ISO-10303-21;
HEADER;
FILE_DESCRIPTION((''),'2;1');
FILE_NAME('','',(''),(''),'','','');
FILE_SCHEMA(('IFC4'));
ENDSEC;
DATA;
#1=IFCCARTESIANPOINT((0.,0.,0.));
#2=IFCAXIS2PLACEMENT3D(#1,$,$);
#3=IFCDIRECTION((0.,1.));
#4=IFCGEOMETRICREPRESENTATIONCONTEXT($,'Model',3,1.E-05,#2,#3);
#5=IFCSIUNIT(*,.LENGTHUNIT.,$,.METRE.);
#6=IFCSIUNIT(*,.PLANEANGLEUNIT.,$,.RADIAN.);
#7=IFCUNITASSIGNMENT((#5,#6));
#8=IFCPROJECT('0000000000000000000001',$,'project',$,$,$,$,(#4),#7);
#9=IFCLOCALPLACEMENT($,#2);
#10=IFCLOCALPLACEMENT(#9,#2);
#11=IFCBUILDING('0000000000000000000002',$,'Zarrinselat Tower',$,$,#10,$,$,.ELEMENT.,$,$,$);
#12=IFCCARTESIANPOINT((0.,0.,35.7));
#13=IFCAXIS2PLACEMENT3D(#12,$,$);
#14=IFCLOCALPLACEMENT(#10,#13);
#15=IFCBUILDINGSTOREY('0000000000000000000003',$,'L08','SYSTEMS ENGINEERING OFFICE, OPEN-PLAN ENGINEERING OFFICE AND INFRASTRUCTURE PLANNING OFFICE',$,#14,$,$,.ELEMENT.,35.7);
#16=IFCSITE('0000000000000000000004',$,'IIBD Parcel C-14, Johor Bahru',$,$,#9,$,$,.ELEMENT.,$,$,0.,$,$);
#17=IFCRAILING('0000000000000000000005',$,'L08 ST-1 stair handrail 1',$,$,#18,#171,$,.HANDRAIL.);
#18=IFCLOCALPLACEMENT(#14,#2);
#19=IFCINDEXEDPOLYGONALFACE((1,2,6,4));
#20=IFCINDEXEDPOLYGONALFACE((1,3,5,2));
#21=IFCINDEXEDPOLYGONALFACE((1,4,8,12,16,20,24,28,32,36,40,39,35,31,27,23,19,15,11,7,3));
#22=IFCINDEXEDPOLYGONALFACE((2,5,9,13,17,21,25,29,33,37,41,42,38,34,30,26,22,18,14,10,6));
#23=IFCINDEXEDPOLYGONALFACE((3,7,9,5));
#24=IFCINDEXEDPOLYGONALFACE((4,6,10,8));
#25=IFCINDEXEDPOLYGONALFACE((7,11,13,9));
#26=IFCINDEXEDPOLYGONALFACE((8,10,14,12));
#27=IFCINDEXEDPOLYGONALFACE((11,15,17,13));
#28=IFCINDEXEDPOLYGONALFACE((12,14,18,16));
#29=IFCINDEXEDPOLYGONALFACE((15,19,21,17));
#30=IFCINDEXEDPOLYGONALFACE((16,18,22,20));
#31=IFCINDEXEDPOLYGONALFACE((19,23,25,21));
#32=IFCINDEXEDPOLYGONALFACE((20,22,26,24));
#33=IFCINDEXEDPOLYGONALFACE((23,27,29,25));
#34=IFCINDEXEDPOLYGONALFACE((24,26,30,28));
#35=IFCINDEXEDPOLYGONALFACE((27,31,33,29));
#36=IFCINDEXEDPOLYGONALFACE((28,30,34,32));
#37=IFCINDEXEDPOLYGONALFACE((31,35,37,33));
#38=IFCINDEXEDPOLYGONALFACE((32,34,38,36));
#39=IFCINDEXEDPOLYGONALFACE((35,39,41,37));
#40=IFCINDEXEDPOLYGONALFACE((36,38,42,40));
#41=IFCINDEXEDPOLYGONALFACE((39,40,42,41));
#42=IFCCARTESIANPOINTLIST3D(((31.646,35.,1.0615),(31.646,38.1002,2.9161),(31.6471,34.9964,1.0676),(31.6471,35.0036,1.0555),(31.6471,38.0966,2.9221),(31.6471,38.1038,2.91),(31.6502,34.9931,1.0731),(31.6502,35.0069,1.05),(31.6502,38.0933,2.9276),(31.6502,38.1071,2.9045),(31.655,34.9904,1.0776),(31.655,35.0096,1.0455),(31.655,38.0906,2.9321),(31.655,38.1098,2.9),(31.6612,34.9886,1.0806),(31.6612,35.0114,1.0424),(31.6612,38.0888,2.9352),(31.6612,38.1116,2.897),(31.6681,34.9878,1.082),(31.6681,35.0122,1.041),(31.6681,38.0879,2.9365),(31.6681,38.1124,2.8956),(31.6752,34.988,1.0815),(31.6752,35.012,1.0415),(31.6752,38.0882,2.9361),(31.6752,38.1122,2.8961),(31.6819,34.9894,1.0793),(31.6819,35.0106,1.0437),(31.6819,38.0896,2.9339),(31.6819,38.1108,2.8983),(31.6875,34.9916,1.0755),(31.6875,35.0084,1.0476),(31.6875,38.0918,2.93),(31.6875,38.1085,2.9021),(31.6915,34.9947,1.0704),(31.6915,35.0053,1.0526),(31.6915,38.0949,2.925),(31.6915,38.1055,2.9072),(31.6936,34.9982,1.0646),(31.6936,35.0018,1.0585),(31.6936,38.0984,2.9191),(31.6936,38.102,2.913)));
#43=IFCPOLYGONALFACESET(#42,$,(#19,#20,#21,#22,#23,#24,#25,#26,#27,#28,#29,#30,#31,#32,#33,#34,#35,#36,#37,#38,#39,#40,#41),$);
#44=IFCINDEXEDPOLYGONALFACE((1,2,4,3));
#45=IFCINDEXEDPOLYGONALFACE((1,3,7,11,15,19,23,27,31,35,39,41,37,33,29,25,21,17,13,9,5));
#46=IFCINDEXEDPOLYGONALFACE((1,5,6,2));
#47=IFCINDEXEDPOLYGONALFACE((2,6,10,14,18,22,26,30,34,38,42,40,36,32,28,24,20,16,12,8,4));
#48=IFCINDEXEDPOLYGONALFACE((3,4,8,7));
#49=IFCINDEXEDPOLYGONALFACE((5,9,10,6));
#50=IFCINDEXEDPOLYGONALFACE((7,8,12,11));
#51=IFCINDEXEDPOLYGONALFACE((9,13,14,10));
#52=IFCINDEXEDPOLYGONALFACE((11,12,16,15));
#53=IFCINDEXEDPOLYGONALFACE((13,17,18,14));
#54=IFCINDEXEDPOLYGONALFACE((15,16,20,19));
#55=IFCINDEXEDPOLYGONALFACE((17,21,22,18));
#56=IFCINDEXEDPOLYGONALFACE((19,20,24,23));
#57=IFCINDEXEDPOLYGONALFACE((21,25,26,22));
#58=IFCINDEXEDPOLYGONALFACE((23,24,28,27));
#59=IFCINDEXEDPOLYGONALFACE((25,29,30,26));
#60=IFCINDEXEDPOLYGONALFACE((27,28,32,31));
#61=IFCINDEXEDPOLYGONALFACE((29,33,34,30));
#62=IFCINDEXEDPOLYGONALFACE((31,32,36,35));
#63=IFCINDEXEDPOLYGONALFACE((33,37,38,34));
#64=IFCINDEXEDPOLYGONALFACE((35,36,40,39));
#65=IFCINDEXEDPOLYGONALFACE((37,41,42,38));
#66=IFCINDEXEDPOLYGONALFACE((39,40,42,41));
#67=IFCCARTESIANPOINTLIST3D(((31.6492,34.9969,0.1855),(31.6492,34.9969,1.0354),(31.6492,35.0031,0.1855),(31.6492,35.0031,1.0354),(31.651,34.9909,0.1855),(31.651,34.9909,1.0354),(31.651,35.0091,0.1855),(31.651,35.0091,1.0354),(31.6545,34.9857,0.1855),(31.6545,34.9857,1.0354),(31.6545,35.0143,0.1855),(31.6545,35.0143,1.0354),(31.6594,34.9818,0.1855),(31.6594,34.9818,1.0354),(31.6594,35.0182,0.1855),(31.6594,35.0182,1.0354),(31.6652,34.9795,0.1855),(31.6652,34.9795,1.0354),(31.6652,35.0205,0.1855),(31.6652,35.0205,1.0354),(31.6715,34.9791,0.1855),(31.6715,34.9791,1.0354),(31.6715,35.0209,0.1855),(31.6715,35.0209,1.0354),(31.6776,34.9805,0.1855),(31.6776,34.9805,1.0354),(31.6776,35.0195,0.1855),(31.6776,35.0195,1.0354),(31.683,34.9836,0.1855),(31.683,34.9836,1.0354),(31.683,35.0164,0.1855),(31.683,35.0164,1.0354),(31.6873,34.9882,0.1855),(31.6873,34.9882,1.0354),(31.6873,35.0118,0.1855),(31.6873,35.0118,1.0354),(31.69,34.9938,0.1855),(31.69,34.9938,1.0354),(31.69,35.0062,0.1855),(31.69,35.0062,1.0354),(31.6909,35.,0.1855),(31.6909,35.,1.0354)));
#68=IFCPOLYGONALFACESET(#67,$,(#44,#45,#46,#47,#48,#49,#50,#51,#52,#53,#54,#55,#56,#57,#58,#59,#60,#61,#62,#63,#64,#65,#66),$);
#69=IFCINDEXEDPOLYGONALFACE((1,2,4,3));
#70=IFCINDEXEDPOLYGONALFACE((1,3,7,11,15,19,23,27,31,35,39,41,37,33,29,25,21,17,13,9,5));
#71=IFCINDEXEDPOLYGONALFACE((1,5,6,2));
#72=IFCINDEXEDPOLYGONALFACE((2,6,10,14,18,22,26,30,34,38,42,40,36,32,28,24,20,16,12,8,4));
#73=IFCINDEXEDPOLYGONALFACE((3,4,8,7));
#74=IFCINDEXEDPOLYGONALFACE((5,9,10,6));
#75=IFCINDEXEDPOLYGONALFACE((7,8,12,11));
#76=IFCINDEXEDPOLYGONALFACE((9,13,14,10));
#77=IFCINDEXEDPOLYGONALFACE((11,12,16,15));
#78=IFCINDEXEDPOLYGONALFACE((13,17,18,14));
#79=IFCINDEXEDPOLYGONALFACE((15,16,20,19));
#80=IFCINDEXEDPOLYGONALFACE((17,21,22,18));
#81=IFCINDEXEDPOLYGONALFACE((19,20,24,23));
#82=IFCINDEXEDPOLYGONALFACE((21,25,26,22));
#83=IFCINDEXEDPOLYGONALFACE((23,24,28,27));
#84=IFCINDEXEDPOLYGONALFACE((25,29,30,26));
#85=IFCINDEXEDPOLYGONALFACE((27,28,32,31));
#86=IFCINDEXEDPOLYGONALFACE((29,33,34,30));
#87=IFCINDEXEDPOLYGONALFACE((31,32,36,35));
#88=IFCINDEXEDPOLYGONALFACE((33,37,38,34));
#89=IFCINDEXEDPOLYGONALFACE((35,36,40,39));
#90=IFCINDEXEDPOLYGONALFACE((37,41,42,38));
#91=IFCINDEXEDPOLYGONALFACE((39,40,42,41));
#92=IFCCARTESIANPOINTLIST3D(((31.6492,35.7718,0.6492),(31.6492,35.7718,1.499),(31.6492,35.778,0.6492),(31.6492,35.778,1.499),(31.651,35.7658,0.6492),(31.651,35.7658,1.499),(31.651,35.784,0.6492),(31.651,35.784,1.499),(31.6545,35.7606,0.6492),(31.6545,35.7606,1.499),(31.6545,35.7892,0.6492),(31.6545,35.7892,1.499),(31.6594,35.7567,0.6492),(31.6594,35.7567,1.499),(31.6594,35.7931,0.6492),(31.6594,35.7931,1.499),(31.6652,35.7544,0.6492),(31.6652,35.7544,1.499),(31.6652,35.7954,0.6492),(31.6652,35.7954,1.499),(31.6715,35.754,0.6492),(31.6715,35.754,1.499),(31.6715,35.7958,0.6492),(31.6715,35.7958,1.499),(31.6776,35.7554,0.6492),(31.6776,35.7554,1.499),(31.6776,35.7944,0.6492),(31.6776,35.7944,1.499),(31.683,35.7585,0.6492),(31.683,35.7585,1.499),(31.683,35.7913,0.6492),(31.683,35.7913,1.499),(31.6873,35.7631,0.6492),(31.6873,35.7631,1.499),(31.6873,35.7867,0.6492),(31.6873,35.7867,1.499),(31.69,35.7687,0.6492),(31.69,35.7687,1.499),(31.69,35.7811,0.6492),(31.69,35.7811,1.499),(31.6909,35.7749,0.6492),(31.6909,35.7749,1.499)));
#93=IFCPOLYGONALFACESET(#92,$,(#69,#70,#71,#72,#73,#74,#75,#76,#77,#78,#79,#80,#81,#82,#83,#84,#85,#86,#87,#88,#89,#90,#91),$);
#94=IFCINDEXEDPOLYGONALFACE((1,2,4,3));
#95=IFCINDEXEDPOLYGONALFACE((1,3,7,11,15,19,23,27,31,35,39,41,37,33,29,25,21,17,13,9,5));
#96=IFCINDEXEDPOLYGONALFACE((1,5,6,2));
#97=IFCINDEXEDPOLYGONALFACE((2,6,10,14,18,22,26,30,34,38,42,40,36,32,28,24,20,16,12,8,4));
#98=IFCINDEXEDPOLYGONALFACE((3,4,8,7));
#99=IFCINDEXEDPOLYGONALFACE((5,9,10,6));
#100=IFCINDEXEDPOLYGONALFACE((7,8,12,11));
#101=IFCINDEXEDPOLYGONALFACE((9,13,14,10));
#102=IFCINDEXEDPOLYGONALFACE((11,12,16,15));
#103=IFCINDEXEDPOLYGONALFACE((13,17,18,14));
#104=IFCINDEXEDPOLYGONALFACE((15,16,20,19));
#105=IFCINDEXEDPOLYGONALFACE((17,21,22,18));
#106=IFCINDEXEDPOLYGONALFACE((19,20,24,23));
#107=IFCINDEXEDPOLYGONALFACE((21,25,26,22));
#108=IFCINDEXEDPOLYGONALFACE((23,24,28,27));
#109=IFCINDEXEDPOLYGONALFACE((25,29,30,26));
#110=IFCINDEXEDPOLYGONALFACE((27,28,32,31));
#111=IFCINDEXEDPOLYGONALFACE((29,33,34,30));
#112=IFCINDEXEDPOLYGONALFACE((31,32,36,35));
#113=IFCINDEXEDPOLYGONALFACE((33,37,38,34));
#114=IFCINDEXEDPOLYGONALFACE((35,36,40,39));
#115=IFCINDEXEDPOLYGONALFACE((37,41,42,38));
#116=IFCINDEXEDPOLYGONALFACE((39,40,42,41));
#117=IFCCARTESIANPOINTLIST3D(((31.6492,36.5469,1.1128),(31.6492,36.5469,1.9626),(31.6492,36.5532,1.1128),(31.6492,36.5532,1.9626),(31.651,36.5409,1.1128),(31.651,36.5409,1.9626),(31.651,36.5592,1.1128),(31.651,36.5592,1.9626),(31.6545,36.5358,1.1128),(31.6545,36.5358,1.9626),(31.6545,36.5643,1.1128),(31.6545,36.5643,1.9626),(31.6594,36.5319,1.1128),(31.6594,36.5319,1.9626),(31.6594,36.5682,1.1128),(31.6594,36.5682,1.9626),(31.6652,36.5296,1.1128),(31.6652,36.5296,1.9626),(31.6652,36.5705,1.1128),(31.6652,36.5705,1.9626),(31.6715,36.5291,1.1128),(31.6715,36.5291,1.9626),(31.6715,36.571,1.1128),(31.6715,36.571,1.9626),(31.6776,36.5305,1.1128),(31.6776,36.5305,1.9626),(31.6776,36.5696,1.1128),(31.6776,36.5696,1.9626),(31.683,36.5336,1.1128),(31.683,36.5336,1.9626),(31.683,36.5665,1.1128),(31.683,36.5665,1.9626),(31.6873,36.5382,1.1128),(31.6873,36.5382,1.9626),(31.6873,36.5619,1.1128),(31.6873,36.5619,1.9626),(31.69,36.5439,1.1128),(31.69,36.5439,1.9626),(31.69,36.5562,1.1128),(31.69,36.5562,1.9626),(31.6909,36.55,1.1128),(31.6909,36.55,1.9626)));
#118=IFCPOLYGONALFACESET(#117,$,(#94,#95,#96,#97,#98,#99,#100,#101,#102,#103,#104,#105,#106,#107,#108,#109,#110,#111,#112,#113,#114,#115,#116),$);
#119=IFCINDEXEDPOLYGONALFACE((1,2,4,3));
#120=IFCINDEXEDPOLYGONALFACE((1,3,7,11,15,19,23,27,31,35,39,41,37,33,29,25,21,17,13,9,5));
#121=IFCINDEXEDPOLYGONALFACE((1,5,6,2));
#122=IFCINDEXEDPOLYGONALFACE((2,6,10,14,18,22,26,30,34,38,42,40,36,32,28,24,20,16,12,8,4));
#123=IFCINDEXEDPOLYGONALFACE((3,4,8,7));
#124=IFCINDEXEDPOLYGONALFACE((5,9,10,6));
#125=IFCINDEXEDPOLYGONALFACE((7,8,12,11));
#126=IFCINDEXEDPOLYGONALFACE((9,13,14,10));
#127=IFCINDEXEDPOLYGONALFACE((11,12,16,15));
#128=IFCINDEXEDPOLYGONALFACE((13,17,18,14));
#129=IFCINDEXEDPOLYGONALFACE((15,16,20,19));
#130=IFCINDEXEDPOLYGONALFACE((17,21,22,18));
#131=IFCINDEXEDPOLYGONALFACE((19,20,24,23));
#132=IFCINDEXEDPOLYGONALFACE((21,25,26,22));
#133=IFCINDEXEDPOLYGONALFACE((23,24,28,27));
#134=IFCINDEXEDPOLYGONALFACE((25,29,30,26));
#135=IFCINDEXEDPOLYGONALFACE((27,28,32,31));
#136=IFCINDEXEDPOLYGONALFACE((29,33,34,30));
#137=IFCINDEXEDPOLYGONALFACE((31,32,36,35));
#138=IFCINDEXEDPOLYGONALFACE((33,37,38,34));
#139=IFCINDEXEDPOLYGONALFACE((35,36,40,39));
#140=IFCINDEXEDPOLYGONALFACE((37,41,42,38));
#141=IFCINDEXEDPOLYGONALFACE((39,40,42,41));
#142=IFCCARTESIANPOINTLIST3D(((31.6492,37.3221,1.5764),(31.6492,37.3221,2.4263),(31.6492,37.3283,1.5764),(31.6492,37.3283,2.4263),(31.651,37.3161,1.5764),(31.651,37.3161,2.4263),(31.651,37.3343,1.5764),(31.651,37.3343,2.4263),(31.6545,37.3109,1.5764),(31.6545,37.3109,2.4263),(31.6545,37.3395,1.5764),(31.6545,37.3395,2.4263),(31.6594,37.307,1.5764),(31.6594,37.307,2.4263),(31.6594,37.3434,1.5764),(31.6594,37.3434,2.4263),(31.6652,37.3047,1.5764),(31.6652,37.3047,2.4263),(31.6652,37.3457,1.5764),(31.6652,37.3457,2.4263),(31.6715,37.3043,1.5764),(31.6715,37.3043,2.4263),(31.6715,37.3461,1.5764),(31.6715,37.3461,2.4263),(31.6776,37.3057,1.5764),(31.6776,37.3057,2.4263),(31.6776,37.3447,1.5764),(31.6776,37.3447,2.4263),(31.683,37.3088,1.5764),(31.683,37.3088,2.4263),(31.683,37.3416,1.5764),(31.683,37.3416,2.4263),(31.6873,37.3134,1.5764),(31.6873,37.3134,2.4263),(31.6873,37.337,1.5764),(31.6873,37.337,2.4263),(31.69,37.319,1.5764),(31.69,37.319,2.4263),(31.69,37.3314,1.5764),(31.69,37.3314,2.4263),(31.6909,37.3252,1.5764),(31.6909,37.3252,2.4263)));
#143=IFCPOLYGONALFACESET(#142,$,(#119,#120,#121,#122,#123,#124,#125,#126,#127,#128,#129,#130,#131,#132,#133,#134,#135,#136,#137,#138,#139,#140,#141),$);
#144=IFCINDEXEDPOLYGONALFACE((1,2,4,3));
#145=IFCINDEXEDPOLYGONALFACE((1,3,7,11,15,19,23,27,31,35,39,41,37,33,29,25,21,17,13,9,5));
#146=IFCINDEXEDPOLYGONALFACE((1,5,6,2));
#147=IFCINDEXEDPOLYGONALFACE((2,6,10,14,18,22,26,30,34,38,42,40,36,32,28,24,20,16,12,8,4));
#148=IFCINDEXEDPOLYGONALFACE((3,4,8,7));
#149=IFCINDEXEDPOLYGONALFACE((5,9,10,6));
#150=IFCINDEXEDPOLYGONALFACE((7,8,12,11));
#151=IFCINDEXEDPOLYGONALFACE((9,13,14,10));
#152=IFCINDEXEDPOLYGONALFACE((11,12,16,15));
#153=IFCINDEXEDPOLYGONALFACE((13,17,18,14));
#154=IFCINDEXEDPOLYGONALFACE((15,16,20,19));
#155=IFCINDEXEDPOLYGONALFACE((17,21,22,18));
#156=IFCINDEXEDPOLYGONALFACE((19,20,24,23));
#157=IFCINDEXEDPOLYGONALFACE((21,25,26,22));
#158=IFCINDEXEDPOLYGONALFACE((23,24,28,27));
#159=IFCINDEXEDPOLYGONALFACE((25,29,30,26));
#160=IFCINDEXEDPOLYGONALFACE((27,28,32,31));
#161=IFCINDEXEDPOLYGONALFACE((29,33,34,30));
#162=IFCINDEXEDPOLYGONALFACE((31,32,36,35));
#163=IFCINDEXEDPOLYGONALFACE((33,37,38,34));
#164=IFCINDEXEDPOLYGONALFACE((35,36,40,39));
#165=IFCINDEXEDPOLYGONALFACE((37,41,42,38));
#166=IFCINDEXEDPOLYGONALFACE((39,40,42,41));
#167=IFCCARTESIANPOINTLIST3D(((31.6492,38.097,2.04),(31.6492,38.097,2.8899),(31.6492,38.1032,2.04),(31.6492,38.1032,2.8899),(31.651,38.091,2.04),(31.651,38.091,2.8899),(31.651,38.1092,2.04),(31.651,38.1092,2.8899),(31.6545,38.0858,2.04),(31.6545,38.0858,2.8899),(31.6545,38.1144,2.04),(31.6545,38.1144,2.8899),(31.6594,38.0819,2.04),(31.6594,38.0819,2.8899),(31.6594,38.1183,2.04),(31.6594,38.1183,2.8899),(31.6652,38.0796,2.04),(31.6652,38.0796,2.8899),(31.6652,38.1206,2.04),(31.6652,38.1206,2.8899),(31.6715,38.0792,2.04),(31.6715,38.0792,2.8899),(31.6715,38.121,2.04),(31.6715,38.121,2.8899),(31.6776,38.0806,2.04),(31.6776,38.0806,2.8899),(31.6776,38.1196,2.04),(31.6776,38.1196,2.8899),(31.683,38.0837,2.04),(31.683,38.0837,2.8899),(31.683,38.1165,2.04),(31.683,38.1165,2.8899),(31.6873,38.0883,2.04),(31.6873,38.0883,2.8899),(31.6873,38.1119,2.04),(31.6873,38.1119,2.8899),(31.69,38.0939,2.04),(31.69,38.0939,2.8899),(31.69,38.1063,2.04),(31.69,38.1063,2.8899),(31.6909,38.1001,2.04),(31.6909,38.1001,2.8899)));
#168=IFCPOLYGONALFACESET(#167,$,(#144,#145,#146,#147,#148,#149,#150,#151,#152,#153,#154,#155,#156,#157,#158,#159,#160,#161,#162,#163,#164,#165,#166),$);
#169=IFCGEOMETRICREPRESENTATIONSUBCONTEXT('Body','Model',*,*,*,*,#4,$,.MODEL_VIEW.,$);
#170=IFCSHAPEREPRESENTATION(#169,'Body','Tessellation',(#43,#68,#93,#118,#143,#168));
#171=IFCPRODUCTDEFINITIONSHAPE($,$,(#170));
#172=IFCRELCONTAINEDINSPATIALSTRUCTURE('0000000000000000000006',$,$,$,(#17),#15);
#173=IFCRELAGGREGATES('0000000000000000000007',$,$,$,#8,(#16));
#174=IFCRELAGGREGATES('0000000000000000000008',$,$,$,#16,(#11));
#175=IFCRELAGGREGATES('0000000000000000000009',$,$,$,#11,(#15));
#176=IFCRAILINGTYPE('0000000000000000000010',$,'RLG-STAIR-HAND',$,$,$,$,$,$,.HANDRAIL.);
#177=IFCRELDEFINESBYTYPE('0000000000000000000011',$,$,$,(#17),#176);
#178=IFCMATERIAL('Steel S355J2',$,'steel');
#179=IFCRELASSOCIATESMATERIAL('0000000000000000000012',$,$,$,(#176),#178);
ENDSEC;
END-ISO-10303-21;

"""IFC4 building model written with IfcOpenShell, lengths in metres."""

from ifc_helpers import new_model, si_unit, direction, frame, origin, origin_2d, place, context, subcontext, project, spatial, circle, extrude, material, type_object, element, save


model = new_model("IFC4")

# Units and contexts
model_context = context("Model", 3, precision=1e-05, world=origin(), true_north=direction((0.0, 1.0)))
body_context = subcontext(model_context, "Body", "Model", "MODEL_VIEW")
ifc_project = project(units=[si_unit("LENGTHUNIT", "METRE"), si_unit("PLANEANGLEUNIT", "RADIAN")], contexts=[model_context])

# Site, building, storey
site_placement = place(None, origin())
site = spatial("IfcSite", under=ifc_project, at=site_placement, Name="IIBD Parcel C-14, Johor Bahru", CompositionType="ELEMENT", RefElevation=0.0)
building_placement = place(site_placement, origin())
building = spatial("IfcBuilding", under=site, at=building_placement, Name="Zarrinselat Tower", CompositionType="ELEMENT")
storey_placement = place(building_placement, frame((0.0, 0.0, 35.7)))
storey = spatial("IfcBuildingStorey", under=building, at=storey_placement, Name="L08", Description="SYSTEMS ENGINEERING OFFICE, OPEN-PLAN ENGINEERING OFFICE AND INFRASTRUCTURE PLANNING OFFICE", CompositionType="ELEMENT", Elevation=35.7)

# Railing
ifc_material_1 = material(Name="Steel S355J2", Category="steel")
railing_type_1 = type_object("IfcRailingType", Name="RLG-STAIR-HAND", PredefinedType="HANDRAIL", material=ifc_material_1)
railing_1_placement = place(storey_placement, frame((31.6699, 35.0, 0.1855)))
element("IfcRailing", 1, at=railing_1_placement, inside=storey, type_object=railing_type_1, Name="L08 ST-1 stair handrail 1", PredefinedType="HANDRAIL", context=body_context, shape_type="SweptSolid", body=[
    extrude(circle(Radius=0.0239, at=origin_2d()), frame((0.0, 0.0, 0.876), z_axis=(0.0, 0.858172, 0.513362), x_axis=(-1.0, 0.0, 0.0)), (0.0, 0.0, 1.0), 3.6125),
    extrude(circle(Radius=0.021, at=origin_2d()), origin(), (0.0, 0.0, 1.0), 0.8499),
    extrude(circle(Radius=0.021, at=origin_2d()), frame((0.0, 0.7749, 0.4636)), (0.0, 0.0, 1.0), 0.8499),
    extrude(circle(Radius=0.021, at=origin_2d()), frame((0.0, 1.55, 0.9272)), (0.0, 0.0, 1.0), 0.8499),
    extrude(circle(Radius=0.021, at=origin_2d()), frame((0.0, 2.3252, 1.3909)), (0.0, 0.0, 1.0), 0.8499),
    extrude(circle(Radius=0.021, at=origin_2d()), frame((0.0, 3.1001, 1.8545)), (0.0, 0.0, 1.0), 0.8499),
])

save(model, "model.ifc")
